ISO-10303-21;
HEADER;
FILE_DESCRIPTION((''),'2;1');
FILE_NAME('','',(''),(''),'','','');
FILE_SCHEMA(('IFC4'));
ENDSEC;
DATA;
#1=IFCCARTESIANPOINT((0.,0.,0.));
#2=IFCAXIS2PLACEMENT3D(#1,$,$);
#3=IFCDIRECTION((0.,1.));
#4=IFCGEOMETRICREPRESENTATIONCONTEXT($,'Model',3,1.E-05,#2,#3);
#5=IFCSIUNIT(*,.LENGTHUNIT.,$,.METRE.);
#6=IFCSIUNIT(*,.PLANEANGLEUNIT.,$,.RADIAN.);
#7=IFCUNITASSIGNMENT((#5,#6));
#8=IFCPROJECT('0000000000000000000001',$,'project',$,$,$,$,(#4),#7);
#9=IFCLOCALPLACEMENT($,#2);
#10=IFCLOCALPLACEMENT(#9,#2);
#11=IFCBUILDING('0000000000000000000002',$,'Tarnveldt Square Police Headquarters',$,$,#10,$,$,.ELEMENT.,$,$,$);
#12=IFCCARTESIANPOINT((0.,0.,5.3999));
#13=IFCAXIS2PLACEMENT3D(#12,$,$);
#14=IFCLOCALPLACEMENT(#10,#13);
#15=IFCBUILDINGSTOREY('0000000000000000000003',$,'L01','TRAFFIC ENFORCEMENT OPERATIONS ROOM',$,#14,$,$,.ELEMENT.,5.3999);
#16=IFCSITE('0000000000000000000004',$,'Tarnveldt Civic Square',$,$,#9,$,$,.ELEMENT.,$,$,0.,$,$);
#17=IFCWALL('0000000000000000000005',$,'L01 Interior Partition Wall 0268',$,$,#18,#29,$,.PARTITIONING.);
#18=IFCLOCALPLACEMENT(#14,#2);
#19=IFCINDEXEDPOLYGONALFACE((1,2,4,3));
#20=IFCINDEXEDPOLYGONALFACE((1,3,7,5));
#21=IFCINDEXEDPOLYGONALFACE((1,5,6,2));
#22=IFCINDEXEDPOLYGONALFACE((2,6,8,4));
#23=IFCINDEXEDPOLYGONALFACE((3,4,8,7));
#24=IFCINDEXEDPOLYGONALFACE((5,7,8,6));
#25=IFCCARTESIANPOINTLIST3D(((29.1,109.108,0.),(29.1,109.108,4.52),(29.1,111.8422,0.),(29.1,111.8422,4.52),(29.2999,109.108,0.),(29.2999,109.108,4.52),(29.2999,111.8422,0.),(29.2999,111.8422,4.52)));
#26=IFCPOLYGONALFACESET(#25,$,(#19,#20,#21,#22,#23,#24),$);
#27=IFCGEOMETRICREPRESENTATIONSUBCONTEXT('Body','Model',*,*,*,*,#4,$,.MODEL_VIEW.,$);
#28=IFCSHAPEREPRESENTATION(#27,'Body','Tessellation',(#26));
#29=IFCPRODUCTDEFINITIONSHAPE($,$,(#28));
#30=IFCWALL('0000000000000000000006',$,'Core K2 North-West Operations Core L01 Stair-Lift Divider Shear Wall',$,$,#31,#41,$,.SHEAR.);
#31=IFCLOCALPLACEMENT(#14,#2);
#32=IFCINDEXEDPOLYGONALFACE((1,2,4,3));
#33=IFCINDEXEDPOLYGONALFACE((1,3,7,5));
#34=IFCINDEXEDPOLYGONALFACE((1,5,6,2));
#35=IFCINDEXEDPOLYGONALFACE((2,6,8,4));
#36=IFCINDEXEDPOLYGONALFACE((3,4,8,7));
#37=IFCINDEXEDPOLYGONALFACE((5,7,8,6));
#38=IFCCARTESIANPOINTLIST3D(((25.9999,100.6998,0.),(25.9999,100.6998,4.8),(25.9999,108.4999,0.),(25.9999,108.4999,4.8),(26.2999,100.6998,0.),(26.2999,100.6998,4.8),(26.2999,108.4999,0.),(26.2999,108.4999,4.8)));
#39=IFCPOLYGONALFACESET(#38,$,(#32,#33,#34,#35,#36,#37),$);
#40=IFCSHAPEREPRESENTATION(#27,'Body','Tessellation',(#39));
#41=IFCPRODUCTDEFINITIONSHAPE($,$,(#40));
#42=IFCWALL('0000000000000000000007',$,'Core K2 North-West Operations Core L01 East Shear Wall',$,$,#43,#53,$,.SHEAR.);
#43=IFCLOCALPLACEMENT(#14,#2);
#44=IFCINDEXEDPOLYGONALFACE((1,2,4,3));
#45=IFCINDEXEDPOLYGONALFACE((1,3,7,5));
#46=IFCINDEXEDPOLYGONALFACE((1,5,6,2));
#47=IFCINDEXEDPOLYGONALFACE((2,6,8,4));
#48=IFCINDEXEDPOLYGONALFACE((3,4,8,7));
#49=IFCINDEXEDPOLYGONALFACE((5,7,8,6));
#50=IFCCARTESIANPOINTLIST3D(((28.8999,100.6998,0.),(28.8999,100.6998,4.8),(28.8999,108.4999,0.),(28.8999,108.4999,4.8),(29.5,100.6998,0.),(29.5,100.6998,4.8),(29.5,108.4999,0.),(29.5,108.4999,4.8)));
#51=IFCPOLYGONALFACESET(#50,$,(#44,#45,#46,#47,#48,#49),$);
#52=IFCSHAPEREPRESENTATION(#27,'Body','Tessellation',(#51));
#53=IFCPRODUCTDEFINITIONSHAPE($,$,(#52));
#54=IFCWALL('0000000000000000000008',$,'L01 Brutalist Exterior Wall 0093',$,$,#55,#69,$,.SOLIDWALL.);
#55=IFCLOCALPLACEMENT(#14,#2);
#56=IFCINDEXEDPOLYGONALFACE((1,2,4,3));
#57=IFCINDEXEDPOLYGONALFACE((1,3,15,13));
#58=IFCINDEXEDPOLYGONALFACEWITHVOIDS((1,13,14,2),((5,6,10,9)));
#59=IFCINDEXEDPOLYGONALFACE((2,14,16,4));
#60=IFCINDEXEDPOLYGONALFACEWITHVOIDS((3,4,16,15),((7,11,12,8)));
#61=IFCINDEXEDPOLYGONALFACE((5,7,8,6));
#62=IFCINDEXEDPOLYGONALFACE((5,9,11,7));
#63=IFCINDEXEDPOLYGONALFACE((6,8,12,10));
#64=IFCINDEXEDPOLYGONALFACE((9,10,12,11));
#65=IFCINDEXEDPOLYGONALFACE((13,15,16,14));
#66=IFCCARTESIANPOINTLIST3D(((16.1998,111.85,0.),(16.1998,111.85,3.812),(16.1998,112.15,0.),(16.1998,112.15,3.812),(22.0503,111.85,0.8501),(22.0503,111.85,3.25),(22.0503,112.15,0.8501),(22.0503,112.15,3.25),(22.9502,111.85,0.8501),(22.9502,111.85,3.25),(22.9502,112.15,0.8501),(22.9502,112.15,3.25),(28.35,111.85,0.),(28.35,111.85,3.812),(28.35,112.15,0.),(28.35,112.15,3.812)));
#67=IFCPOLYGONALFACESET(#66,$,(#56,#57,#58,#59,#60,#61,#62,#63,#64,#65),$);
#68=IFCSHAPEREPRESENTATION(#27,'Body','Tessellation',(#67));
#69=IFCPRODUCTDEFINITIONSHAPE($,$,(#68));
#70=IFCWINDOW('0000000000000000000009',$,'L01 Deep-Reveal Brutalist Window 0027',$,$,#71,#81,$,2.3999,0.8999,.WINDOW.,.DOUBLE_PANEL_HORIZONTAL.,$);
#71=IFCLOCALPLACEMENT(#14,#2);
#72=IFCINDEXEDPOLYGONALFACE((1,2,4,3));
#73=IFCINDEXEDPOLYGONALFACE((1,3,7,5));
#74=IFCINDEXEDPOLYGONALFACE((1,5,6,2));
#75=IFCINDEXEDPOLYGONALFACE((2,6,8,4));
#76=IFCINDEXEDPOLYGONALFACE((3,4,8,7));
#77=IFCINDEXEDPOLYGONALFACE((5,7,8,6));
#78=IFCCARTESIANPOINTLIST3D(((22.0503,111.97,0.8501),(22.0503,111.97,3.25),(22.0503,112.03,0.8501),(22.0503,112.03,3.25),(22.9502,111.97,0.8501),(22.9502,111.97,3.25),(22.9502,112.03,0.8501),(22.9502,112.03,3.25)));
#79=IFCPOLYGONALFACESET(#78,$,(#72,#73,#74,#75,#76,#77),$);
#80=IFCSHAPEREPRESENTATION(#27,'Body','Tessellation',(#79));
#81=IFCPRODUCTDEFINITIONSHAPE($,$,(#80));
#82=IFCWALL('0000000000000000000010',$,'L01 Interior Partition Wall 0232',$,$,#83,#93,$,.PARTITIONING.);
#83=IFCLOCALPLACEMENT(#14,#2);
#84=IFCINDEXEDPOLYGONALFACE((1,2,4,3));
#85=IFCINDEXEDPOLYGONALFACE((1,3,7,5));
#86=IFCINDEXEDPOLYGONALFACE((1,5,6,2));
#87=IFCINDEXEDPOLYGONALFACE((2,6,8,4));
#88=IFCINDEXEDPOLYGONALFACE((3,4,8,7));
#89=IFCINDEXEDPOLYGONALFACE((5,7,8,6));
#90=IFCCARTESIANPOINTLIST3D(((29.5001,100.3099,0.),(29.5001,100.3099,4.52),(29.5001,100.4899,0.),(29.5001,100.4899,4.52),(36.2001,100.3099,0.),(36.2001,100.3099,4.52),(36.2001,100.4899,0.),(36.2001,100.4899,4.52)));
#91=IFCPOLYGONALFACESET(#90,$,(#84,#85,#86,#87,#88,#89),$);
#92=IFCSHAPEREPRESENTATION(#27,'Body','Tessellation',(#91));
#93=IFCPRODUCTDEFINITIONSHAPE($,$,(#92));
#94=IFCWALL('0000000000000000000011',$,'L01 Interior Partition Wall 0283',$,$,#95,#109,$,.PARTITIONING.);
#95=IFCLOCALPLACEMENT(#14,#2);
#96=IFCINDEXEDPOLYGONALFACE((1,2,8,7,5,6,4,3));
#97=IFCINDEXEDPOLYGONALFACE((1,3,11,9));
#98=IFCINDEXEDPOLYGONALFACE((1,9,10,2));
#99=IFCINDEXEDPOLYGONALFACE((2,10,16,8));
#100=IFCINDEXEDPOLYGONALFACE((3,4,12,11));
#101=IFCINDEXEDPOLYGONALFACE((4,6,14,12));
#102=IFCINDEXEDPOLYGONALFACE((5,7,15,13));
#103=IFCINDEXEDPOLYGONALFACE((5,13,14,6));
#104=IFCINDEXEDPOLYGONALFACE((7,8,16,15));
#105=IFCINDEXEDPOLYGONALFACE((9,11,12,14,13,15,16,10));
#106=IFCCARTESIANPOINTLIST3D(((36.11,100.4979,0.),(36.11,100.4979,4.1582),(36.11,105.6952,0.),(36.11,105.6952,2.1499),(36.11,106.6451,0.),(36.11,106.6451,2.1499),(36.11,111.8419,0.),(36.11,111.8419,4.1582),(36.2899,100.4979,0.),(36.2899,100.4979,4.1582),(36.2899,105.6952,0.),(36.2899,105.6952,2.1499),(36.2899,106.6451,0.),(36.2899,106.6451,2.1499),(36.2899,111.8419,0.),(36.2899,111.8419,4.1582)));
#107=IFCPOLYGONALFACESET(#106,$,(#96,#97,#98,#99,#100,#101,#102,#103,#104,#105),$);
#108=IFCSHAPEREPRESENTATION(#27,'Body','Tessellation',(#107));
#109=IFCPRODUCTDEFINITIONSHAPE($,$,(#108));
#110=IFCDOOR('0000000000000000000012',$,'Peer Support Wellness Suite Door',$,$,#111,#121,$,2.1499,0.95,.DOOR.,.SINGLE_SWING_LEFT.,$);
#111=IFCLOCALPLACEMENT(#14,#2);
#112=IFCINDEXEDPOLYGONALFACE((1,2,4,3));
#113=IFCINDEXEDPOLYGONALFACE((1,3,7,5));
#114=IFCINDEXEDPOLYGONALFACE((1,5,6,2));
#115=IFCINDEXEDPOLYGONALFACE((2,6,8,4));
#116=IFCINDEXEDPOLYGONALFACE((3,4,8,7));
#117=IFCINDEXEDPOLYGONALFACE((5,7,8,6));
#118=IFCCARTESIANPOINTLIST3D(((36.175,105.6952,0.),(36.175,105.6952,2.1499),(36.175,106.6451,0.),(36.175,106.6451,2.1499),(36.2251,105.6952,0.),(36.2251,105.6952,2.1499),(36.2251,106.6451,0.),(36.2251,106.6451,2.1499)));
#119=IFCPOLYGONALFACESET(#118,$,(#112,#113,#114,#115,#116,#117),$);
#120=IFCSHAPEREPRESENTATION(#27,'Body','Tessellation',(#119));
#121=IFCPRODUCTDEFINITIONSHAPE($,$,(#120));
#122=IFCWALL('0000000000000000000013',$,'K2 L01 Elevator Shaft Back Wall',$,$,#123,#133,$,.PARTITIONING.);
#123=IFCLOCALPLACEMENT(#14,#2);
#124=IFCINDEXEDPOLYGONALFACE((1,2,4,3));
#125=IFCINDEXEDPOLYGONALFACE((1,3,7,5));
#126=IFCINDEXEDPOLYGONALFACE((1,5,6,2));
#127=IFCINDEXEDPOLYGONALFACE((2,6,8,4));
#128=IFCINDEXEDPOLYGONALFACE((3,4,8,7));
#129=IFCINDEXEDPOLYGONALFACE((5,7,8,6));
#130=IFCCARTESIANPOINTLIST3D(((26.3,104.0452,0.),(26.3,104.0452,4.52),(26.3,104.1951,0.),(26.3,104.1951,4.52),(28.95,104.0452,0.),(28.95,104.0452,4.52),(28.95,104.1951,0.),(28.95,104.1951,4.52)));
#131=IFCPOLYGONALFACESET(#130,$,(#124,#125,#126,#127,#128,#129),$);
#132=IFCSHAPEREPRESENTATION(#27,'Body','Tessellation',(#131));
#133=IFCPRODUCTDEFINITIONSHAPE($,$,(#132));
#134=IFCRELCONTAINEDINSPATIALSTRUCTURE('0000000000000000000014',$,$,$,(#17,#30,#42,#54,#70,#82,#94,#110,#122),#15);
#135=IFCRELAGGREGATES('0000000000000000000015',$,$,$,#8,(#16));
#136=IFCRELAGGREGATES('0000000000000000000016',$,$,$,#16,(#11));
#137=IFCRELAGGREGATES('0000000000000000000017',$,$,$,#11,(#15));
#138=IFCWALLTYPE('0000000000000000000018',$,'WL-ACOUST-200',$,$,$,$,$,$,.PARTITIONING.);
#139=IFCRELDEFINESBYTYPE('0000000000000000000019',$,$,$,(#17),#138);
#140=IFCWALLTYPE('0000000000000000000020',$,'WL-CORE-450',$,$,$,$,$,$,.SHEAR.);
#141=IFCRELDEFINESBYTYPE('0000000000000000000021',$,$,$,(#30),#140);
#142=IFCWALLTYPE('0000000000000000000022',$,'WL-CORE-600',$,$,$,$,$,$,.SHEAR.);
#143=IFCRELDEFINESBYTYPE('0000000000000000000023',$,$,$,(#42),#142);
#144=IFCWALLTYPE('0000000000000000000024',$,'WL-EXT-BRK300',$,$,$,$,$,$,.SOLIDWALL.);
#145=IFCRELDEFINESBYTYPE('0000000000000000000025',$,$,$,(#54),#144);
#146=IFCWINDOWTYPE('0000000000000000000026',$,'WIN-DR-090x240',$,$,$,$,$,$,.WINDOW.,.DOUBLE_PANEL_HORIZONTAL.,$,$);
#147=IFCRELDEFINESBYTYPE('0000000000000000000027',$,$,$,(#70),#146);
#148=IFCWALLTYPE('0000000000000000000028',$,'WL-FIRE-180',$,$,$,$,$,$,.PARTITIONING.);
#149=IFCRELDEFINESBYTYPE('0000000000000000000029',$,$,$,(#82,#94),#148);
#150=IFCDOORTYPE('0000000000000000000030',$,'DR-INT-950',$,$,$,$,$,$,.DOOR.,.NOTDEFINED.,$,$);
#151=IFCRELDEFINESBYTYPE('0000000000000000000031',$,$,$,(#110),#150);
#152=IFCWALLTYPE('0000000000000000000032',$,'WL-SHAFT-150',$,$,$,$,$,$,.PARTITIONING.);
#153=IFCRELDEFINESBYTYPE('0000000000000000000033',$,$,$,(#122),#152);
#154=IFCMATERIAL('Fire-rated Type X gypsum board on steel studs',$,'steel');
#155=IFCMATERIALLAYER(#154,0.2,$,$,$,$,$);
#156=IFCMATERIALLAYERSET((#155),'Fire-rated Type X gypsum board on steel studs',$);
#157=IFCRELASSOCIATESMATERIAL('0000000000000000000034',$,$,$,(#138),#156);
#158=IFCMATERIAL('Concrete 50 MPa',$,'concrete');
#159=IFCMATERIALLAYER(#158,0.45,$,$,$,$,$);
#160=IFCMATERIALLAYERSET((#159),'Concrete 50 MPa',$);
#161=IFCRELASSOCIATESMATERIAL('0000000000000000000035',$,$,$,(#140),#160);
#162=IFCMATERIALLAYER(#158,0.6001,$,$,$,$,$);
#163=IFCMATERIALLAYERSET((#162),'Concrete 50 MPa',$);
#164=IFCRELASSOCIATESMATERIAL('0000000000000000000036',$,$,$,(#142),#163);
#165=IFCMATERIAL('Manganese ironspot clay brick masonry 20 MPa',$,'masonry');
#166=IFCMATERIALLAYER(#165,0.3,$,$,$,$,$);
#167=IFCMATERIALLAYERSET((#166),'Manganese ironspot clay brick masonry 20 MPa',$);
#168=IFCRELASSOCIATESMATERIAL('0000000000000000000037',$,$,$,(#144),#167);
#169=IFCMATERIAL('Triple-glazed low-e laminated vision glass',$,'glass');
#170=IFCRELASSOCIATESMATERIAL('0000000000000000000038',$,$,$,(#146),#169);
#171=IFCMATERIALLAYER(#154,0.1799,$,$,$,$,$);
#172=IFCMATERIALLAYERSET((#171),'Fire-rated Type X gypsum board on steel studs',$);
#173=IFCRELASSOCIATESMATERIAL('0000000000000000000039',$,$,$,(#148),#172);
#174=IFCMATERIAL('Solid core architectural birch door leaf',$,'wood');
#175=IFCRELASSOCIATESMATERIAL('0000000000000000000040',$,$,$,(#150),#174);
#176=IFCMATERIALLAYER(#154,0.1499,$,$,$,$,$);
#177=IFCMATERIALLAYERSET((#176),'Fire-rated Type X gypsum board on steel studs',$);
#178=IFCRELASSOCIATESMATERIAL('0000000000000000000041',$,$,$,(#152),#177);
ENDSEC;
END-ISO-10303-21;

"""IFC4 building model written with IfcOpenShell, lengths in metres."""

from ifc_helpers import new_model, si_unit, direction, frame, frame_2d, origin, place, context, subcontext, project, spatial, rectangle, extrude, material, layer, layer_set, type_object, element, fill, save


model = new_model("IFC4")

# Units and contexts
model_context = context("Model", 3, precision=1e-05, world=origin(), true_north=direction((0.0, 1.0)))
body_context = subcontext(model_context, "Body", "Model", "MODEL_VIEW")
ifc_project = project(units=[si_unit("LENGTHUNIT", "METRE"), si_unit("PLANEANGLEUNIT", "RADIAN")], contexts=[model_context])

# Site, building, storey
site_placement = place(None, origin())
site = spatial("IfcSite", under=ifc_project, at=site_placement, Name="Tarnveldt Civic Square", CompositionType="ELEMENT", RefElevation=0.0)
building_placement = place(site_placement, origin())
building = spatial("IfcBuilding", under=site, at=building_placement, Name="Tarnveldt Square Police Headquarters", CompositionType="ELEMENT")
storey_placement = place(building_placement, frame((0.0, 0.0, 5.3999)))
storey = spatial("IfcBuildingStorey", under=building, at=storey_placement, Name="L01", Description="TRAFFIC ENFORCEMENT OPERATIONS ROOM", CompositionType="ELEMENT", Elevation=5.3999)

# Shared definitions
ifc_material_1 = material(Name="Concrete 50 MPa", Category="concrete")

# Walls
ifc_material_2 = material(Name="Fire-rated Type X gypsum board on steel studs", Category="steel")
ifc_layer_1 = layer(ifc_material_2, 0.2)
ifc_layer_set_1 = layer_set([ifc_layer_1], Name="Fire-rated Type X gypsum board on steel studs")
wall_type_1 = type_object("IfcWallType", Name="WL-ACOUST-200", PredefinedType="PARTITIONING", material=ifc_layer_set_1)
wall_1_placement = place(storey_placement, frame((29.2, 109.1079, 0.0), z_axis=(0.0, 0.0, 1.0), x_axis=(0.0, 1.0, 0.0)))
element("IfcWall", 1, at=wall_1_placement, inside=storey, type_object=wall_type_1, Name="L01 Interior Partition Wall 0268", PredefinedType="PARTITIONING", context=body_context, shape_type="SweptSolid", body=[
    extrude(rectangle(XDim=2.7341, YDim=0.2, at=frame_2d((1.3672, 0.0))), origin(), (0.0, 0.0, 1.0), 4.52),
])
ifc_layer_2 = layer(ifc_material_1, 0.45)
ifc_layer_set_2 = layer_set([ifc_layer_2], Name="Concrete 50 MPa")
wall_type_2 = type_object("IfcWallType", Name="WL-CORE-450", PredefinedType="SHEAR", material=ifc_layer_set_2)
wall_2_placement = place(storey_placement, frame((26.1499, 100.7, 0.0), z_axis=(0.0, 0.0, 1.0), x_axis=(0.0, 1.0, 0.0)))
element("IfcWall", 2, at=wall_2_placement, inside=storey, type_object=wall_type_2, Name="Core K2 North-West Operations Core L01 Stair-Lift Divider Shear Wall", PredefinedType="SHEAR", context=body_context, shape_type="SweptSolid", body=[
    extrude(rectangle(XDim=7.8, YDim=0.3, at=frame_2d((3.8999, 0.0))), origin(), (0.0, 0.0, 1.0), 4.8),
])
ifc_layer_3 = layer(ifc_material_1, 0.6001)
ifc_layer_set_3 = layer_set([ifc_layer_3], Name="Concrete 50 MPa")
wall_type_3 = type_object("IfcWallType", Name="WL-CORE-600", PredefinedType="SHEAR", material=ifc_layer_set_3)
wall_3_placement = place(storey_placement, frame((29.2, 100.7, 0.0), z_axis=(0.0, 0.0, 1.0), x_axis=(0.0, 1.0, 0.0)))
element("IfcWall", 3, at=wall_3_placement, inside=storey, type_object=wall_type_3, Name="Core K2 North-West Operations Core L01 East Shear Wall", PredefinedType="SHEAR", context=body_context, shape_type="SweptSolid", body=[
    extrude(rectangle(XDim=7.8, YDim=0.6001, at=frame_2d((3.8999, 0.0))), origin(), (0.0, 0.0, 1.0), 4.8),
])

# Wall, opening, window
ifc_material_3 = material(Name="Manganese ironspot clay brick masonry 20 MPa", Category="masonry")
ifc_layer_4 = layer(ifc_material_3, 0.3)
ifc_layer_set_4 = layer_set([ifc_layer_4], Name="Manganese ironspot clay brick masonry 20 MPa")
wall_type_4 = type_object("IfcWallType", Name="WL-EXT-BRK300", PredefinedType="SOLIDWALL", material=ifc_layer_set_4)
wall_4_placement = place(storey_placement, frame((28.3501, 112.0, 0.0), z_axis=(0.0, 0.0, 1.0), x_axis=(-1.0, 0.0, 0.0)))
wall_4 = element("IfcWall", 4, at=wall_4_placement, inside=storey, type_object=wall_type_4, Name="L01 Brutalist Exterior Wall 0093", PredefinedType="SOLIDWALL", context=body_context, shape_type="SweptSolid", body=[
    extrude(rectangle(XDim=12.1501, YDim=0.3, at=frame_2d((6.0752, 0.0))), origin(), (0.0, 0.0, 1.0), 3.812),
])
opening_1_placement = place(wall_4_placement, frame((5.3999, 0.0, 0.8501)))
opening_1 = element("IfcOpeningElement", 5, at=opening_1_placement, cuts=wall_4, PredefinedType="OPENING", context=body_context, shape_type="SweptSolid", body=[
    extrude(rectangle(XDim=0.8999, YDim=2.3999, at=frame_2d((0.45, 1.2))), frame((0.0, 0.1599, 0.0), z_axis=(0.0, -1.0, 0.0), x_axis=(1.0, 0.0, 0.0)), (0.0, 0.0, 1.0), 0.3201),
])
ifc_material_4 = material(Name="Triple-glazed low-e laminated vision glass", Category="glass")
window_type = type_object("IfcWindowType", Name="WIN-DR-090x240", PartitioningType="DOUBLE_PANEL_HORIZONTAL", PredefinedType="WINDOW", material=ifc_material_4)
window_placement = place(opening_1_placement, origin())
window = element("IfcWindow", 6, at=window_placement, inside=storey, type_object=window_type, Name="L01 Deep-Reveal Brutalist Window 0027", OverallHeight=2.3999, OverallWidth=0.8999, PartitioningType="DOUBLE_PANEL_HORIZONTAL", PredefinedType="WINDOW", context=body_context, shape_type="SweptSolid", body=[
    extrude(rectangle(XDim=0.8999, YDim=2.3999, at=frame_2d((0.45, 1.2))), frame((0.0, 0.03, 0.0), z_axis=(0.0, -1.0, 0.0), x_axis=(1.0, 0.0, 0.0)), (0.0, 0.0, 1.0), 0.0601),
])
fill(opening_1, window)

# Wall
ifc_layer_5 = layer(ifc_material_2, 0.1799)
ifc_layer_set_5 = layer_set([ifc_layer_5], Name="Fire-rated Type X gypsum board on steel studs")
wall_type_5 = type_object("IfcWallType", Name="WL-FIRE-180", PredefinedType="PARTITIONING", material=ifc_layer_set_5)
wall_5_placement = place(storey_placement, frame((29.5, 100.3999, 0.0), z_axis=(0.0, 0.0, 1.0), x_axis=(1.0, 0.0, 0.0)))
element("IfcWall", 7, at=wall_5_placement, inside=storey, type_object=wall_type_5, Name="L01 Interior Partition Wall 0232", PredefinedType="PARTITIONING", context=body_context, shape_type="SweptSolid", body=[
    extrude(rectangle(XDim=6.7, YDim=0.1799, at=frame_2d((3.3501, 0.0))), origin(), (0.0, 0.0, 1.0), 4.52),
])

# Wall, opening, door
wall_6_placement = place(storey_placement, frame((36.2, 100.498, 0.0), z_axis=(0.0, 0.0, 1.0), x_axis=(0.0, 1.0, 0.0)))
wall_6 = element("IfcWall", 8, at=wall_6_placement, inside=storey, type_object=wall_type_5, Name="L01 Interior Partition Wall 0283", PredefinedType="PARTITIONING", context=body_context, shape_type="SweptSolid", body=[
    extrude(rectangle(XDim=11.344, YDim=0.1799, at=frame_2d((5.6719, 0.0))), origin(), (0.0, 0.0, 1.0), 4.1582),
])
opening_2_placement = place(wall_6_placement, frame((5.197, 0.0, 0.0)))
opening_2 = element("IfcOpeningElement", 9, at=opening_2_placement, cuts=wall_6, PredefinedType="OPENING", context=body_context, shape_type="SweptSolid", body=[
    extrude(rectangle(XDim=0.95, YDim=2.1499, at=frame_2d((0.4751, 1.075))), frame((0.0, 0.0999, 0.0), z_axis=(0.0, -1.0, 0.0), x_axis=(1.0, 0.0, 0.0)), (0.0, 0.0, 1.0), 0.2),
])
ifc_material_5 = material(Name="Solid core architectural birch door leaf", Category="wood")
door_type = type_object("IfcDoorType", Name="DR-INT-950", OperationType="NOTDEFINED", PredefinedType="DOOR", material=ifc_material_5)
door_placement = place(opening_2_placement, origin())
door = element("IfcDoor", 10, at=door_placement, inside=storey, type_object=door_type, Name="Peer Support Wellness Suite Door", OperationType="SINGLE_SWING_LEFT", OverallHeight=2.1499, OverallWidth=0.95, PredefinedType="DOOR", context=body_context, shape_type="SweptSolid", body=[
    extrude(rectangle(XDim=0.95, YDim=2.1499, at=frame_2d((0.4751, 1.075))), frame((0.0, 0.0249, 0.0), z_axis=(0.0, -1.0, 0.0), x_axis=(1.0, 0.0, 0.0)), (0.0, 0.0, 1.0), 0.05),
])
fill(opening_2, door)

# Wall
ifc_layer_6 = layer(ifc_material_2, 0.1499)
ifc_layer_set_6 = layer_set([ifc_layer_6], Name="Fire-rated Type X gypsum board on steel studs")
wall_type_6 = type_object("IfcWallType", Name="WL-SHAFT-150", PredefinedType="PARTITIONING", material=ifc_layer_set_6)
wall_7_placement = place(storey_placement, frame((26.3, 104.1201, 0.0), z_axis=(0.0, 0.0, 1.0), x_axis=(1.0, 0.0, 0.0)))
element("IfcWall", 11, at=wall_7_placement, inside=storey, type_object=wall_type_6, Name="K2 L01 Elevator Shaft Back Wall", PredefinedType="PARTITIONING", context=body_context, shape_type="SweptSolid", body=[
    extrude(rectangle(XDim=2.6499, YDim=0.1499, at=frame_2d((1.325, 0.0))), origin(), (0.0, 0.0, 1.0), 4.52),
])

save(model, "model.ifc")
